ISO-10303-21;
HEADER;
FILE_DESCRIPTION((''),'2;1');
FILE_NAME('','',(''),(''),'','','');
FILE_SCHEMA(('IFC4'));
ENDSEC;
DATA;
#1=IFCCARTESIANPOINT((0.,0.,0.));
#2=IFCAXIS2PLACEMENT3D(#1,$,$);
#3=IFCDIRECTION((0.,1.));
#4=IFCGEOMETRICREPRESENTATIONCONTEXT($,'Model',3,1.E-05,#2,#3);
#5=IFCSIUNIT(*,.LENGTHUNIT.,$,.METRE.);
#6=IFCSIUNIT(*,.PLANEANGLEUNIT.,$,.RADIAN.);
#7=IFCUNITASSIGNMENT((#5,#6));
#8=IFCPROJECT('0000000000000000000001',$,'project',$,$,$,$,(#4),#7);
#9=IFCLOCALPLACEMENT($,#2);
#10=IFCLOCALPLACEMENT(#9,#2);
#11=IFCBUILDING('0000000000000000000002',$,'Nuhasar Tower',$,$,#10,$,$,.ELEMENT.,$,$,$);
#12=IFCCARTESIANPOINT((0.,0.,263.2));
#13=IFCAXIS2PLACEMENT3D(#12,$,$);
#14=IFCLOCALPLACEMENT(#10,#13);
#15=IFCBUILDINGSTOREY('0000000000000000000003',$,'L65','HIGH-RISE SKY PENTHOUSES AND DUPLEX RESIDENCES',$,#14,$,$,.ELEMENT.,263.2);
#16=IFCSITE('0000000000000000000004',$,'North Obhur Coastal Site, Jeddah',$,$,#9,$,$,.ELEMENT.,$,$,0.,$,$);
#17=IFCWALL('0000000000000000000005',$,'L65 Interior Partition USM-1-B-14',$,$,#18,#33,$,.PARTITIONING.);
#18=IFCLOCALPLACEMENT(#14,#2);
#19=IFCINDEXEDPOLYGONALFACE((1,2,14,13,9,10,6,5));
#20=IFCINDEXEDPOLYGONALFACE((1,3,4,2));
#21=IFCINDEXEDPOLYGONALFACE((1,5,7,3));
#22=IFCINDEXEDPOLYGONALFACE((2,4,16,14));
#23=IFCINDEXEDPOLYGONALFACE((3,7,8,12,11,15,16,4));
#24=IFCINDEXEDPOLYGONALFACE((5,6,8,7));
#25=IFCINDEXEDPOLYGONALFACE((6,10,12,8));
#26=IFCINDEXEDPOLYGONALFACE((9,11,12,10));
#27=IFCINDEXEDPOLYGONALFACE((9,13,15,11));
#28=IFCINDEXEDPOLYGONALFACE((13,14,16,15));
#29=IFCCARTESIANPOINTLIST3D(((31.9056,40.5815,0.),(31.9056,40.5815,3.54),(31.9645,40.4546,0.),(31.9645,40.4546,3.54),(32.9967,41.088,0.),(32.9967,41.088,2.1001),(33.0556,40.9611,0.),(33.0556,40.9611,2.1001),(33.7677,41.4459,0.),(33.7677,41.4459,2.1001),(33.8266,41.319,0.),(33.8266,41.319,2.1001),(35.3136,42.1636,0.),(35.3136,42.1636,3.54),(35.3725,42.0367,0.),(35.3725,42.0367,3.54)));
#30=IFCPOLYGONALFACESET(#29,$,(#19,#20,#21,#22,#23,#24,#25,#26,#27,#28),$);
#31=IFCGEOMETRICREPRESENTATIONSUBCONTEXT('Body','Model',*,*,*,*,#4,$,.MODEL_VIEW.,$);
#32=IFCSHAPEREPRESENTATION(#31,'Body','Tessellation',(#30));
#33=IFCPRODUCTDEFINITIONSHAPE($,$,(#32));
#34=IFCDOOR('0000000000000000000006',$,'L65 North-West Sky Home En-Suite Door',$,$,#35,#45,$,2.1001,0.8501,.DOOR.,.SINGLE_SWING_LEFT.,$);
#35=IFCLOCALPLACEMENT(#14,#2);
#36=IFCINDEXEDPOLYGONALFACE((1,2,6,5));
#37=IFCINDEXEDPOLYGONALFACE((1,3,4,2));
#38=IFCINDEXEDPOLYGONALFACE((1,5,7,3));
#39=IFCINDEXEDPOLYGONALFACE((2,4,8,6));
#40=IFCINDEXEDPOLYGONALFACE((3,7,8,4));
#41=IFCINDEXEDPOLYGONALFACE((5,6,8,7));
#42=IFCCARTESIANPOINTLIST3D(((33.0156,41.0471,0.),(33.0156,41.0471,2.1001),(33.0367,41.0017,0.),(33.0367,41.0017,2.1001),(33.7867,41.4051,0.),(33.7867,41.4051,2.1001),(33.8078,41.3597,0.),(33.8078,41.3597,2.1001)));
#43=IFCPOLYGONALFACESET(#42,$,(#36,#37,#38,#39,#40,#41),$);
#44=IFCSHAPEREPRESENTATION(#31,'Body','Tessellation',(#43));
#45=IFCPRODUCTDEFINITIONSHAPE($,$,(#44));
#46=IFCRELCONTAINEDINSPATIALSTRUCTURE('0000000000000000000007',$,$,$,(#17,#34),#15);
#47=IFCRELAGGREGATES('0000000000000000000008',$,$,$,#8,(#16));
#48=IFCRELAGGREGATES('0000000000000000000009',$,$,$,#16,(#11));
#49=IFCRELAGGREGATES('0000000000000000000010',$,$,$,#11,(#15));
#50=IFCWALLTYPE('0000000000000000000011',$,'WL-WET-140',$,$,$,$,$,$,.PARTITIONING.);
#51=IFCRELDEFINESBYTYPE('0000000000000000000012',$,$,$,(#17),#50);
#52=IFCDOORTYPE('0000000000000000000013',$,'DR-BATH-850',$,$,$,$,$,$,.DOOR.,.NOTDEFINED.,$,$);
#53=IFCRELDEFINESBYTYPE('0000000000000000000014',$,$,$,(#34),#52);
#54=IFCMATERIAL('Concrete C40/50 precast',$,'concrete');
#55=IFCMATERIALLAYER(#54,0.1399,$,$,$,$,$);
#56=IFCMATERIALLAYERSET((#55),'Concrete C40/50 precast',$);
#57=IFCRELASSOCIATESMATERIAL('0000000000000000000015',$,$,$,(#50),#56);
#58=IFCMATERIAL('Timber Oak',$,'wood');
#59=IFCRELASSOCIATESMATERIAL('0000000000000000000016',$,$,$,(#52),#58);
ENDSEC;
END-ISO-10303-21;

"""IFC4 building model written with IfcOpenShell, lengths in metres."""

from ifc_helpers import new_model, si_unit, direction, frame, frame_2d, origin, place, context, subcontext, project, spatial, rectangle, extrude, material, layer, layer_set, type_object, element, fill, save


model = new_model("IFC4")

# Units and contexts
model_context = context("Model", 3, precision=1e-05, world=origin(), true_north=direction((0.0, 1.0)))
body_context = subcontext(model_context, "Body", "Model", "MODEL_VIEW")
ifc_project = project(units=[si_unit("LENGTHUNIT", "METRE"), si_unit("PLANEANGLEUNIT", "RADIAN")], contexts=[model_context])

# Site, building, storey
site_placement = place(None, origin())
site = spatial("IfcSite", under=ifc_project, at=site_placement, Name="North Obhur Coastal Site, Jeddah", CompositionType="ELEMENT", RefElevation=0.0)
building_placement = place(site_placement, origin())
building = spatial("IfcBuilding", under=site, at=building_placement, Name="Nuhasar Tower", CompositionType="ELEMENT")
storey_placement = place(building_placement, frame((0.0, 0.0, 263.2)))
storey = spatial("IfcBuildingStorey", under=building, at=storey_placement, Name="L65", Description="HIGH-RISE SKY PENTHOUSES AND DUPLEX RESIDENCES", CompositionType="ELEMENT", Elevation=263.2)

# Shared definitions
ifc_material_1 = material(Name="Concrete C40/50 precast", Category="concrete")

# Shared definitions
ifc_layer_1 = layer(ifc_material_1, 0.1399)
ifc_layer_set_1 = layer_set([ifc_layer_1], Name="Concrete C40/50 precast")
wall_type_1 = type_object("IfcWallType", Name="WL-WET-140", PredefinedType="PARTITIONING", material=ifc_layer_set_1)
ifc_material_2 = material(Name="Timber Oak", Category="wood")
door_type_1 = type_object("IfcDoorType", Name="DR-BATH-850", OperationType="NOTDEFINED", PredefinedType="DOOR", material=ifc_material_2)

# Wall, opening, door
wall_1_placement = place(storey_placement, frame((31.9351, 40.5181, 0.0), z_axis=(0.0, 0.0, 1.0), x_axis=(0.907033, 0.42106, 0.0)))
wall_1 = element("IfcWall", 1, at=wall_1_placement, inside=storey, type_object=wall_type_1, Name="L65 Interior Partition USM-1-B-14", PredefinedType="PARTITIONING", context=body_context, shape_type="SweptSolid", body=[
    extrude(rectangle(XDim=3.7573, YDim=0.1399, at=frame_2d((1.8787, 0.0))), origin(), (0.0, 0.0, 1.0), 3.54),
])
opening_1_placement = place(wall_1_placement, frame((1.2029, 0.0, 0.0)))
opening_1 = element("IfcOpeningElement", 2, at=opening_1_placement, cuts=wall_1, PredefinedType="OPENING", context=body_context, shape_type="SweptSolid", body=[
    extrude(rectangle(XDim=0.8501, YDim=2.1001, at=frame_2d((0.425, 1.05))), frame((0.0, 0.0801, 0.0), z_axis=(0.0, -1.0, 0.0), x_axis=(1.0, 0.0, 0.0)), (0.0, 0.0, 1.0), 0.1599),
])
door_1_placement = place(opening_1_placement, origin())
door_1 = element("IfcDoor", 3, at=door_1_placement, inside=storey, type_object=door_type_1, Name="L65 North-West Sky Home En-Suite Door", OperationType="SINGLE_SWING_LEFT", OverallHeight=2.1001, OverallWidth=0.8501, PredefinedType="DOOR", context=body_context, shape_type="SweptSolid", body=[
    extrude(rectangle(XDim=0.8501, YDim=2.1001, at=frame_2d((0.425, 1.05))), frame((0.0, 0.0249, 0.0), z_axis=(0.0, -1.0, 0.0), x_axis=(1.0, 0.0, 0.0)), (0.0, 0.0, 1.0), 0.05),
])
fill(opening_1, door_1)

save(model, "model.ifc")
